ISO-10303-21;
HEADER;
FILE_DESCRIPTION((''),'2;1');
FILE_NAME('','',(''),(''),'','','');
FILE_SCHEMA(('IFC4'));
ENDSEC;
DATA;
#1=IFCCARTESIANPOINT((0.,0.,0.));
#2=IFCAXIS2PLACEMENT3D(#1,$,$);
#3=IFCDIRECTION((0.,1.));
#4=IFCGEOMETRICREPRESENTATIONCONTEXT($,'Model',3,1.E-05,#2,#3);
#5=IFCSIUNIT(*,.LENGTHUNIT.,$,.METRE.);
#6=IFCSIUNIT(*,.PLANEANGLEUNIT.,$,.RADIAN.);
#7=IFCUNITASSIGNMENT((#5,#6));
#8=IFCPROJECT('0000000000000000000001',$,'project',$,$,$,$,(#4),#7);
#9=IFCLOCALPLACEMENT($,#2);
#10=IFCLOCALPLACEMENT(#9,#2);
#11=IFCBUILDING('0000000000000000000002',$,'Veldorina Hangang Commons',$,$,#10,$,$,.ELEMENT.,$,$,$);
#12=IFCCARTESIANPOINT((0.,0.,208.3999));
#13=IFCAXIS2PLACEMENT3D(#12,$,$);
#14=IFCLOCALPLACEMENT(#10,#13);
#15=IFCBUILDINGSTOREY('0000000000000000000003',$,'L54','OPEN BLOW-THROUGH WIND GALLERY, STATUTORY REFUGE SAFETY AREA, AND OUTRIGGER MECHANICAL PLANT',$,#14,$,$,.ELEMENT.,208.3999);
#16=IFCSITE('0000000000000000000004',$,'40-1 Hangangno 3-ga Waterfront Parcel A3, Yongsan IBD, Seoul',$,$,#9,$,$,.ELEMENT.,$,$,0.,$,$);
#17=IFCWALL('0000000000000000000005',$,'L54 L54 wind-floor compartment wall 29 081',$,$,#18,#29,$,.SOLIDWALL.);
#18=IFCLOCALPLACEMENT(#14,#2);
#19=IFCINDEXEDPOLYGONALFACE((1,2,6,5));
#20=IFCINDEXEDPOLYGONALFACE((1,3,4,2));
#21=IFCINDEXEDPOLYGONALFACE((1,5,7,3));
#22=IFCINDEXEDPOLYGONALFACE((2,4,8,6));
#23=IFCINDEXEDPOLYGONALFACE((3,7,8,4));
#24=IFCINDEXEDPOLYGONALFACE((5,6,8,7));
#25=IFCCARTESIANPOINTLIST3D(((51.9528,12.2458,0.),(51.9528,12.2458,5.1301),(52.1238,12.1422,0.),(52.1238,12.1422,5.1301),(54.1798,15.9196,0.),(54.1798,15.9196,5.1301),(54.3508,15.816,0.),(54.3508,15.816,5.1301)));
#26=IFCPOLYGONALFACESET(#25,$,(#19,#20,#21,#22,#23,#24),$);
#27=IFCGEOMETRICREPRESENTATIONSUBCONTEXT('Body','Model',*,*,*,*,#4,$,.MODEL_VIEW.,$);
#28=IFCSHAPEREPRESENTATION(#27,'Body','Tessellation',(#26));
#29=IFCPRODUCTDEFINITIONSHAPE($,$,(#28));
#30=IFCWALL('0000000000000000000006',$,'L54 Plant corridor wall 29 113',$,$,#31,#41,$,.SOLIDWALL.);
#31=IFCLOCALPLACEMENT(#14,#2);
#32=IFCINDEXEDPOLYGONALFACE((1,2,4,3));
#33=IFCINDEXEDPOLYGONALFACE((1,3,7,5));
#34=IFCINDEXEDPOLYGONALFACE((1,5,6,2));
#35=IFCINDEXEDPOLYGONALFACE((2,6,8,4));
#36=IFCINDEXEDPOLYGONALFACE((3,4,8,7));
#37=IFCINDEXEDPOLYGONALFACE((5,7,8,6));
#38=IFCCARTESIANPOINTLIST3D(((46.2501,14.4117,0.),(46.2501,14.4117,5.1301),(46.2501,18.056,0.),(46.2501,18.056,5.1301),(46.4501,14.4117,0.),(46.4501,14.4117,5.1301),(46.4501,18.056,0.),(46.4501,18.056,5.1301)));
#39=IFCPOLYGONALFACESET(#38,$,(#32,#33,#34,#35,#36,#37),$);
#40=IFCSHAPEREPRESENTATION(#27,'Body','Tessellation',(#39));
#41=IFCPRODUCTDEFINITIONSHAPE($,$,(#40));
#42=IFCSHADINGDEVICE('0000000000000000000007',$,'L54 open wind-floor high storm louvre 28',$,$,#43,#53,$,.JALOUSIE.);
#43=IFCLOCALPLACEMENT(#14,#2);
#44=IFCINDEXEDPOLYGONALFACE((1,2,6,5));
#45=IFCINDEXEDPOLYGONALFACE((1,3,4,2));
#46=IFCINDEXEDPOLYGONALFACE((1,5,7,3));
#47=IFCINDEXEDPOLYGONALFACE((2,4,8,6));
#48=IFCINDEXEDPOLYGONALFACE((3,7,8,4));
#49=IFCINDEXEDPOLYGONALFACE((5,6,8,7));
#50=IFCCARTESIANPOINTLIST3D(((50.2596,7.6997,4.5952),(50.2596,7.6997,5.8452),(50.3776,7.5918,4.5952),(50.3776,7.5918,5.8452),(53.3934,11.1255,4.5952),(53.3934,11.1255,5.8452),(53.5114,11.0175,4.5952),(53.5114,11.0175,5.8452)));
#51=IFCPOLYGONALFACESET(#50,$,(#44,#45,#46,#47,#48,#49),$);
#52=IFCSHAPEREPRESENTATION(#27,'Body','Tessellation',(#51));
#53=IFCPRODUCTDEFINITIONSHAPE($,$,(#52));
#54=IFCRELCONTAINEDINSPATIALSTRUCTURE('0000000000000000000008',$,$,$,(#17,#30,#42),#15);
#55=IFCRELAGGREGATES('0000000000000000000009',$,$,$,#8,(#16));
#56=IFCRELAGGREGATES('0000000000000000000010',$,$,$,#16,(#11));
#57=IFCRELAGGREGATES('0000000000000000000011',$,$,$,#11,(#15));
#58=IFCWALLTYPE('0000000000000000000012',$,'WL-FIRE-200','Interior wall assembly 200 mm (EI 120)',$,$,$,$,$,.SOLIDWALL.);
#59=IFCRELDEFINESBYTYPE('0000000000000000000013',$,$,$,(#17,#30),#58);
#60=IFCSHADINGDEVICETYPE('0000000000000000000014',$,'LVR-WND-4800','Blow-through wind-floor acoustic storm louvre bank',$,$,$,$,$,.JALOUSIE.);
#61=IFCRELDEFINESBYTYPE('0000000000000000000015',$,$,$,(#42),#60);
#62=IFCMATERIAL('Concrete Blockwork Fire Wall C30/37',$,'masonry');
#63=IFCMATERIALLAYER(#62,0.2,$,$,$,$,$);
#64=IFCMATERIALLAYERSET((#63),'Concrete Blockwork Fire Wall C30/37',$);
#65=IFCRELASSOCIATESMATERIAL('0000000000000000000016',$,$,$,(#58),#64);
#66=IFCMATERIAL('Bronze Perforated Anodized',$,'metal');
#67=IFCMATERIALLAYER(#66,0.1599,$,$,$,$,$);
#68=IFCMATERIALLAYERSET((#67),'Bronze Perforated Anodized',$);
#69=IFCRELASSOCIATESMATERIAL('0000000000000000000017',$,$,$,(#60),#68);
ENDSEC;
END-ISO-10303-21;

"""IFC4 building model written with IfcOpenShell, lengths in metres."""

from ifc_helpers import new_model, si_unit, direction, frame, frame_2d, origin, origin_2d, place, context, subcontext, project, spatial, rectangle, extrude, material, layer, layer_set, type_object, element, save


model = new_model("IFC4")

# Units and contexts
model_context = context("Model", 3, precision=1e-05, world=origin(), true_north=direction((0.0, 1.0)))
body_context = subcontext(model_context, "Body", "Model", "MODEL_VIEW")
ifc_project = project(units=[si_unit("LENGTHUNIT", "METRE"), si_unit("PLANEANGLEUNIT", "RADIAN")], contexts=[model_context])

# Site, building, storey
site_placement = place(None, origin())
site = spatial("IfcSite", under=ifc_project, at=site_placement, Name="40-1 Hangangno 3-ga Waterfront Parcel A3, Yongsan IBD, Seoul", CompositionType="ELEMENT", RefElevation=0.0)
building_placement = place(site_placement, origin())
building = spatial("IfcBuilding", under=site, at=building_placement, Name="Veldorina Hangang Commons", CompositionType="ELEMENT")
storey_placement = place(building_placement, frame((0.0, 0.0, 208.3999)))
storey = spatial("IfcBuildingStorey", under=building, at=storey_placement, Name="L54", Description="OPEN BLOW-THROUGH WIND GALLERY, STATUTORY REFUGE SAFETY AREA, AND OUTRIGGER MECHANICAL PLANT", CompositionType="ELEMENT", Elevation=208.3999)

# Walls
ifc_material_1 = material(Name="Concrete Blockwork Fire Wall C30/37", Category="masonry")
ifc_layer_1 = layer(ifc_material_1, 0.2)
ifc_layer_set_1 = layer_set([ifc_layer_1], Name="Concrete Blockwork Fire Wall C30/37")
wall_type = type_object("IfcWallType", Name="WL-FIRE-200", Description="Interior wall assembly 200 mm (EI 120)", PredefinedType="SOLIDWALL", material=ifc_layer_set_1)
wall_1_placement = place(storey_placement, frame((52.0383, 12.1941, 0.0), z_axis=(0.0, 0.0, 1.0), x_axis=(0.518385, 0.855147, 0.0)))
element("IfcWall", 1, at=wall_1_placement, inside=storey, type_object=wall_type, Name="L54 L54 wind-floor compartment wall 29 081", PredefinedType="SOLIDWALL", context=body_context, shape_type="SweptSolid", body=[
    extrude(rectangle(XDim=4.2961, YDim=0.2, at=frame_2d((2.1479, 0.0))), origin(), (0.0, 0.0, 1.0), 5.1301),
])
wall_2_placement = place(storey_placement, frame((46.3501, 14.4116, 0.0), z_axis=(0.0, 0.0, 1.0), x_axis=(0.0, 1.0, 0.0)))
element("IfcWall", 2, at=wall_2_placement, inside=storey, type_object=wall_type, Name="L54 Plant corridor wall 29 113", PredefinedType="SOLIDWALL", context=body_context, shape_type="SweptSolid", body=[
    extrude(rectangle(XDim=3.6443, YDim=0.2, at=frame_2d((1.8223, 0.0))), origin(), (0.0, 0.0, 1.0), 5.1301),
])

# Shading device
ifc_material_2 = material(Name="Bronze Perforated Anodized", Category="metal")
ifc_layer_2 = layer(ifc_material_2, 0.1599)
ifc_layer_set_2 = layer_set([ifc_layer_2], Name="Bronze Perforated Anodized")
shading_device_type = type_object("IfcShadingDeviceType", Name="LVR-WND-4800", Description="Blow-through wind-floor acoustic storm louvre bank", PredefinedType="JALOUSIE", material=ifc_layer_set_2)
shading_device_placement = place(storey_placement, frame((51.8855, 9.3586, 4.5952), z_axis=(0.0, 0.0, 1.0), x_axis=(0.674959, 0.737855, 0.0)))
element("IfcShadingDevice", 3, at=shading_device_placement, inside=storey, type_object=shading_device_type, Name="L54 open wind-floor high storm louvre 28", PredefinedType="JALOUSIE", context=body_context, shape_type="SweptSolid", body=[
    extrude(rectangle(XDim=4.6428, YDim=0.1599, at=origin_2d()), origin(), (0.0, 0.0, 1.0), 1.25),
])

save(model, "model.ifc")
